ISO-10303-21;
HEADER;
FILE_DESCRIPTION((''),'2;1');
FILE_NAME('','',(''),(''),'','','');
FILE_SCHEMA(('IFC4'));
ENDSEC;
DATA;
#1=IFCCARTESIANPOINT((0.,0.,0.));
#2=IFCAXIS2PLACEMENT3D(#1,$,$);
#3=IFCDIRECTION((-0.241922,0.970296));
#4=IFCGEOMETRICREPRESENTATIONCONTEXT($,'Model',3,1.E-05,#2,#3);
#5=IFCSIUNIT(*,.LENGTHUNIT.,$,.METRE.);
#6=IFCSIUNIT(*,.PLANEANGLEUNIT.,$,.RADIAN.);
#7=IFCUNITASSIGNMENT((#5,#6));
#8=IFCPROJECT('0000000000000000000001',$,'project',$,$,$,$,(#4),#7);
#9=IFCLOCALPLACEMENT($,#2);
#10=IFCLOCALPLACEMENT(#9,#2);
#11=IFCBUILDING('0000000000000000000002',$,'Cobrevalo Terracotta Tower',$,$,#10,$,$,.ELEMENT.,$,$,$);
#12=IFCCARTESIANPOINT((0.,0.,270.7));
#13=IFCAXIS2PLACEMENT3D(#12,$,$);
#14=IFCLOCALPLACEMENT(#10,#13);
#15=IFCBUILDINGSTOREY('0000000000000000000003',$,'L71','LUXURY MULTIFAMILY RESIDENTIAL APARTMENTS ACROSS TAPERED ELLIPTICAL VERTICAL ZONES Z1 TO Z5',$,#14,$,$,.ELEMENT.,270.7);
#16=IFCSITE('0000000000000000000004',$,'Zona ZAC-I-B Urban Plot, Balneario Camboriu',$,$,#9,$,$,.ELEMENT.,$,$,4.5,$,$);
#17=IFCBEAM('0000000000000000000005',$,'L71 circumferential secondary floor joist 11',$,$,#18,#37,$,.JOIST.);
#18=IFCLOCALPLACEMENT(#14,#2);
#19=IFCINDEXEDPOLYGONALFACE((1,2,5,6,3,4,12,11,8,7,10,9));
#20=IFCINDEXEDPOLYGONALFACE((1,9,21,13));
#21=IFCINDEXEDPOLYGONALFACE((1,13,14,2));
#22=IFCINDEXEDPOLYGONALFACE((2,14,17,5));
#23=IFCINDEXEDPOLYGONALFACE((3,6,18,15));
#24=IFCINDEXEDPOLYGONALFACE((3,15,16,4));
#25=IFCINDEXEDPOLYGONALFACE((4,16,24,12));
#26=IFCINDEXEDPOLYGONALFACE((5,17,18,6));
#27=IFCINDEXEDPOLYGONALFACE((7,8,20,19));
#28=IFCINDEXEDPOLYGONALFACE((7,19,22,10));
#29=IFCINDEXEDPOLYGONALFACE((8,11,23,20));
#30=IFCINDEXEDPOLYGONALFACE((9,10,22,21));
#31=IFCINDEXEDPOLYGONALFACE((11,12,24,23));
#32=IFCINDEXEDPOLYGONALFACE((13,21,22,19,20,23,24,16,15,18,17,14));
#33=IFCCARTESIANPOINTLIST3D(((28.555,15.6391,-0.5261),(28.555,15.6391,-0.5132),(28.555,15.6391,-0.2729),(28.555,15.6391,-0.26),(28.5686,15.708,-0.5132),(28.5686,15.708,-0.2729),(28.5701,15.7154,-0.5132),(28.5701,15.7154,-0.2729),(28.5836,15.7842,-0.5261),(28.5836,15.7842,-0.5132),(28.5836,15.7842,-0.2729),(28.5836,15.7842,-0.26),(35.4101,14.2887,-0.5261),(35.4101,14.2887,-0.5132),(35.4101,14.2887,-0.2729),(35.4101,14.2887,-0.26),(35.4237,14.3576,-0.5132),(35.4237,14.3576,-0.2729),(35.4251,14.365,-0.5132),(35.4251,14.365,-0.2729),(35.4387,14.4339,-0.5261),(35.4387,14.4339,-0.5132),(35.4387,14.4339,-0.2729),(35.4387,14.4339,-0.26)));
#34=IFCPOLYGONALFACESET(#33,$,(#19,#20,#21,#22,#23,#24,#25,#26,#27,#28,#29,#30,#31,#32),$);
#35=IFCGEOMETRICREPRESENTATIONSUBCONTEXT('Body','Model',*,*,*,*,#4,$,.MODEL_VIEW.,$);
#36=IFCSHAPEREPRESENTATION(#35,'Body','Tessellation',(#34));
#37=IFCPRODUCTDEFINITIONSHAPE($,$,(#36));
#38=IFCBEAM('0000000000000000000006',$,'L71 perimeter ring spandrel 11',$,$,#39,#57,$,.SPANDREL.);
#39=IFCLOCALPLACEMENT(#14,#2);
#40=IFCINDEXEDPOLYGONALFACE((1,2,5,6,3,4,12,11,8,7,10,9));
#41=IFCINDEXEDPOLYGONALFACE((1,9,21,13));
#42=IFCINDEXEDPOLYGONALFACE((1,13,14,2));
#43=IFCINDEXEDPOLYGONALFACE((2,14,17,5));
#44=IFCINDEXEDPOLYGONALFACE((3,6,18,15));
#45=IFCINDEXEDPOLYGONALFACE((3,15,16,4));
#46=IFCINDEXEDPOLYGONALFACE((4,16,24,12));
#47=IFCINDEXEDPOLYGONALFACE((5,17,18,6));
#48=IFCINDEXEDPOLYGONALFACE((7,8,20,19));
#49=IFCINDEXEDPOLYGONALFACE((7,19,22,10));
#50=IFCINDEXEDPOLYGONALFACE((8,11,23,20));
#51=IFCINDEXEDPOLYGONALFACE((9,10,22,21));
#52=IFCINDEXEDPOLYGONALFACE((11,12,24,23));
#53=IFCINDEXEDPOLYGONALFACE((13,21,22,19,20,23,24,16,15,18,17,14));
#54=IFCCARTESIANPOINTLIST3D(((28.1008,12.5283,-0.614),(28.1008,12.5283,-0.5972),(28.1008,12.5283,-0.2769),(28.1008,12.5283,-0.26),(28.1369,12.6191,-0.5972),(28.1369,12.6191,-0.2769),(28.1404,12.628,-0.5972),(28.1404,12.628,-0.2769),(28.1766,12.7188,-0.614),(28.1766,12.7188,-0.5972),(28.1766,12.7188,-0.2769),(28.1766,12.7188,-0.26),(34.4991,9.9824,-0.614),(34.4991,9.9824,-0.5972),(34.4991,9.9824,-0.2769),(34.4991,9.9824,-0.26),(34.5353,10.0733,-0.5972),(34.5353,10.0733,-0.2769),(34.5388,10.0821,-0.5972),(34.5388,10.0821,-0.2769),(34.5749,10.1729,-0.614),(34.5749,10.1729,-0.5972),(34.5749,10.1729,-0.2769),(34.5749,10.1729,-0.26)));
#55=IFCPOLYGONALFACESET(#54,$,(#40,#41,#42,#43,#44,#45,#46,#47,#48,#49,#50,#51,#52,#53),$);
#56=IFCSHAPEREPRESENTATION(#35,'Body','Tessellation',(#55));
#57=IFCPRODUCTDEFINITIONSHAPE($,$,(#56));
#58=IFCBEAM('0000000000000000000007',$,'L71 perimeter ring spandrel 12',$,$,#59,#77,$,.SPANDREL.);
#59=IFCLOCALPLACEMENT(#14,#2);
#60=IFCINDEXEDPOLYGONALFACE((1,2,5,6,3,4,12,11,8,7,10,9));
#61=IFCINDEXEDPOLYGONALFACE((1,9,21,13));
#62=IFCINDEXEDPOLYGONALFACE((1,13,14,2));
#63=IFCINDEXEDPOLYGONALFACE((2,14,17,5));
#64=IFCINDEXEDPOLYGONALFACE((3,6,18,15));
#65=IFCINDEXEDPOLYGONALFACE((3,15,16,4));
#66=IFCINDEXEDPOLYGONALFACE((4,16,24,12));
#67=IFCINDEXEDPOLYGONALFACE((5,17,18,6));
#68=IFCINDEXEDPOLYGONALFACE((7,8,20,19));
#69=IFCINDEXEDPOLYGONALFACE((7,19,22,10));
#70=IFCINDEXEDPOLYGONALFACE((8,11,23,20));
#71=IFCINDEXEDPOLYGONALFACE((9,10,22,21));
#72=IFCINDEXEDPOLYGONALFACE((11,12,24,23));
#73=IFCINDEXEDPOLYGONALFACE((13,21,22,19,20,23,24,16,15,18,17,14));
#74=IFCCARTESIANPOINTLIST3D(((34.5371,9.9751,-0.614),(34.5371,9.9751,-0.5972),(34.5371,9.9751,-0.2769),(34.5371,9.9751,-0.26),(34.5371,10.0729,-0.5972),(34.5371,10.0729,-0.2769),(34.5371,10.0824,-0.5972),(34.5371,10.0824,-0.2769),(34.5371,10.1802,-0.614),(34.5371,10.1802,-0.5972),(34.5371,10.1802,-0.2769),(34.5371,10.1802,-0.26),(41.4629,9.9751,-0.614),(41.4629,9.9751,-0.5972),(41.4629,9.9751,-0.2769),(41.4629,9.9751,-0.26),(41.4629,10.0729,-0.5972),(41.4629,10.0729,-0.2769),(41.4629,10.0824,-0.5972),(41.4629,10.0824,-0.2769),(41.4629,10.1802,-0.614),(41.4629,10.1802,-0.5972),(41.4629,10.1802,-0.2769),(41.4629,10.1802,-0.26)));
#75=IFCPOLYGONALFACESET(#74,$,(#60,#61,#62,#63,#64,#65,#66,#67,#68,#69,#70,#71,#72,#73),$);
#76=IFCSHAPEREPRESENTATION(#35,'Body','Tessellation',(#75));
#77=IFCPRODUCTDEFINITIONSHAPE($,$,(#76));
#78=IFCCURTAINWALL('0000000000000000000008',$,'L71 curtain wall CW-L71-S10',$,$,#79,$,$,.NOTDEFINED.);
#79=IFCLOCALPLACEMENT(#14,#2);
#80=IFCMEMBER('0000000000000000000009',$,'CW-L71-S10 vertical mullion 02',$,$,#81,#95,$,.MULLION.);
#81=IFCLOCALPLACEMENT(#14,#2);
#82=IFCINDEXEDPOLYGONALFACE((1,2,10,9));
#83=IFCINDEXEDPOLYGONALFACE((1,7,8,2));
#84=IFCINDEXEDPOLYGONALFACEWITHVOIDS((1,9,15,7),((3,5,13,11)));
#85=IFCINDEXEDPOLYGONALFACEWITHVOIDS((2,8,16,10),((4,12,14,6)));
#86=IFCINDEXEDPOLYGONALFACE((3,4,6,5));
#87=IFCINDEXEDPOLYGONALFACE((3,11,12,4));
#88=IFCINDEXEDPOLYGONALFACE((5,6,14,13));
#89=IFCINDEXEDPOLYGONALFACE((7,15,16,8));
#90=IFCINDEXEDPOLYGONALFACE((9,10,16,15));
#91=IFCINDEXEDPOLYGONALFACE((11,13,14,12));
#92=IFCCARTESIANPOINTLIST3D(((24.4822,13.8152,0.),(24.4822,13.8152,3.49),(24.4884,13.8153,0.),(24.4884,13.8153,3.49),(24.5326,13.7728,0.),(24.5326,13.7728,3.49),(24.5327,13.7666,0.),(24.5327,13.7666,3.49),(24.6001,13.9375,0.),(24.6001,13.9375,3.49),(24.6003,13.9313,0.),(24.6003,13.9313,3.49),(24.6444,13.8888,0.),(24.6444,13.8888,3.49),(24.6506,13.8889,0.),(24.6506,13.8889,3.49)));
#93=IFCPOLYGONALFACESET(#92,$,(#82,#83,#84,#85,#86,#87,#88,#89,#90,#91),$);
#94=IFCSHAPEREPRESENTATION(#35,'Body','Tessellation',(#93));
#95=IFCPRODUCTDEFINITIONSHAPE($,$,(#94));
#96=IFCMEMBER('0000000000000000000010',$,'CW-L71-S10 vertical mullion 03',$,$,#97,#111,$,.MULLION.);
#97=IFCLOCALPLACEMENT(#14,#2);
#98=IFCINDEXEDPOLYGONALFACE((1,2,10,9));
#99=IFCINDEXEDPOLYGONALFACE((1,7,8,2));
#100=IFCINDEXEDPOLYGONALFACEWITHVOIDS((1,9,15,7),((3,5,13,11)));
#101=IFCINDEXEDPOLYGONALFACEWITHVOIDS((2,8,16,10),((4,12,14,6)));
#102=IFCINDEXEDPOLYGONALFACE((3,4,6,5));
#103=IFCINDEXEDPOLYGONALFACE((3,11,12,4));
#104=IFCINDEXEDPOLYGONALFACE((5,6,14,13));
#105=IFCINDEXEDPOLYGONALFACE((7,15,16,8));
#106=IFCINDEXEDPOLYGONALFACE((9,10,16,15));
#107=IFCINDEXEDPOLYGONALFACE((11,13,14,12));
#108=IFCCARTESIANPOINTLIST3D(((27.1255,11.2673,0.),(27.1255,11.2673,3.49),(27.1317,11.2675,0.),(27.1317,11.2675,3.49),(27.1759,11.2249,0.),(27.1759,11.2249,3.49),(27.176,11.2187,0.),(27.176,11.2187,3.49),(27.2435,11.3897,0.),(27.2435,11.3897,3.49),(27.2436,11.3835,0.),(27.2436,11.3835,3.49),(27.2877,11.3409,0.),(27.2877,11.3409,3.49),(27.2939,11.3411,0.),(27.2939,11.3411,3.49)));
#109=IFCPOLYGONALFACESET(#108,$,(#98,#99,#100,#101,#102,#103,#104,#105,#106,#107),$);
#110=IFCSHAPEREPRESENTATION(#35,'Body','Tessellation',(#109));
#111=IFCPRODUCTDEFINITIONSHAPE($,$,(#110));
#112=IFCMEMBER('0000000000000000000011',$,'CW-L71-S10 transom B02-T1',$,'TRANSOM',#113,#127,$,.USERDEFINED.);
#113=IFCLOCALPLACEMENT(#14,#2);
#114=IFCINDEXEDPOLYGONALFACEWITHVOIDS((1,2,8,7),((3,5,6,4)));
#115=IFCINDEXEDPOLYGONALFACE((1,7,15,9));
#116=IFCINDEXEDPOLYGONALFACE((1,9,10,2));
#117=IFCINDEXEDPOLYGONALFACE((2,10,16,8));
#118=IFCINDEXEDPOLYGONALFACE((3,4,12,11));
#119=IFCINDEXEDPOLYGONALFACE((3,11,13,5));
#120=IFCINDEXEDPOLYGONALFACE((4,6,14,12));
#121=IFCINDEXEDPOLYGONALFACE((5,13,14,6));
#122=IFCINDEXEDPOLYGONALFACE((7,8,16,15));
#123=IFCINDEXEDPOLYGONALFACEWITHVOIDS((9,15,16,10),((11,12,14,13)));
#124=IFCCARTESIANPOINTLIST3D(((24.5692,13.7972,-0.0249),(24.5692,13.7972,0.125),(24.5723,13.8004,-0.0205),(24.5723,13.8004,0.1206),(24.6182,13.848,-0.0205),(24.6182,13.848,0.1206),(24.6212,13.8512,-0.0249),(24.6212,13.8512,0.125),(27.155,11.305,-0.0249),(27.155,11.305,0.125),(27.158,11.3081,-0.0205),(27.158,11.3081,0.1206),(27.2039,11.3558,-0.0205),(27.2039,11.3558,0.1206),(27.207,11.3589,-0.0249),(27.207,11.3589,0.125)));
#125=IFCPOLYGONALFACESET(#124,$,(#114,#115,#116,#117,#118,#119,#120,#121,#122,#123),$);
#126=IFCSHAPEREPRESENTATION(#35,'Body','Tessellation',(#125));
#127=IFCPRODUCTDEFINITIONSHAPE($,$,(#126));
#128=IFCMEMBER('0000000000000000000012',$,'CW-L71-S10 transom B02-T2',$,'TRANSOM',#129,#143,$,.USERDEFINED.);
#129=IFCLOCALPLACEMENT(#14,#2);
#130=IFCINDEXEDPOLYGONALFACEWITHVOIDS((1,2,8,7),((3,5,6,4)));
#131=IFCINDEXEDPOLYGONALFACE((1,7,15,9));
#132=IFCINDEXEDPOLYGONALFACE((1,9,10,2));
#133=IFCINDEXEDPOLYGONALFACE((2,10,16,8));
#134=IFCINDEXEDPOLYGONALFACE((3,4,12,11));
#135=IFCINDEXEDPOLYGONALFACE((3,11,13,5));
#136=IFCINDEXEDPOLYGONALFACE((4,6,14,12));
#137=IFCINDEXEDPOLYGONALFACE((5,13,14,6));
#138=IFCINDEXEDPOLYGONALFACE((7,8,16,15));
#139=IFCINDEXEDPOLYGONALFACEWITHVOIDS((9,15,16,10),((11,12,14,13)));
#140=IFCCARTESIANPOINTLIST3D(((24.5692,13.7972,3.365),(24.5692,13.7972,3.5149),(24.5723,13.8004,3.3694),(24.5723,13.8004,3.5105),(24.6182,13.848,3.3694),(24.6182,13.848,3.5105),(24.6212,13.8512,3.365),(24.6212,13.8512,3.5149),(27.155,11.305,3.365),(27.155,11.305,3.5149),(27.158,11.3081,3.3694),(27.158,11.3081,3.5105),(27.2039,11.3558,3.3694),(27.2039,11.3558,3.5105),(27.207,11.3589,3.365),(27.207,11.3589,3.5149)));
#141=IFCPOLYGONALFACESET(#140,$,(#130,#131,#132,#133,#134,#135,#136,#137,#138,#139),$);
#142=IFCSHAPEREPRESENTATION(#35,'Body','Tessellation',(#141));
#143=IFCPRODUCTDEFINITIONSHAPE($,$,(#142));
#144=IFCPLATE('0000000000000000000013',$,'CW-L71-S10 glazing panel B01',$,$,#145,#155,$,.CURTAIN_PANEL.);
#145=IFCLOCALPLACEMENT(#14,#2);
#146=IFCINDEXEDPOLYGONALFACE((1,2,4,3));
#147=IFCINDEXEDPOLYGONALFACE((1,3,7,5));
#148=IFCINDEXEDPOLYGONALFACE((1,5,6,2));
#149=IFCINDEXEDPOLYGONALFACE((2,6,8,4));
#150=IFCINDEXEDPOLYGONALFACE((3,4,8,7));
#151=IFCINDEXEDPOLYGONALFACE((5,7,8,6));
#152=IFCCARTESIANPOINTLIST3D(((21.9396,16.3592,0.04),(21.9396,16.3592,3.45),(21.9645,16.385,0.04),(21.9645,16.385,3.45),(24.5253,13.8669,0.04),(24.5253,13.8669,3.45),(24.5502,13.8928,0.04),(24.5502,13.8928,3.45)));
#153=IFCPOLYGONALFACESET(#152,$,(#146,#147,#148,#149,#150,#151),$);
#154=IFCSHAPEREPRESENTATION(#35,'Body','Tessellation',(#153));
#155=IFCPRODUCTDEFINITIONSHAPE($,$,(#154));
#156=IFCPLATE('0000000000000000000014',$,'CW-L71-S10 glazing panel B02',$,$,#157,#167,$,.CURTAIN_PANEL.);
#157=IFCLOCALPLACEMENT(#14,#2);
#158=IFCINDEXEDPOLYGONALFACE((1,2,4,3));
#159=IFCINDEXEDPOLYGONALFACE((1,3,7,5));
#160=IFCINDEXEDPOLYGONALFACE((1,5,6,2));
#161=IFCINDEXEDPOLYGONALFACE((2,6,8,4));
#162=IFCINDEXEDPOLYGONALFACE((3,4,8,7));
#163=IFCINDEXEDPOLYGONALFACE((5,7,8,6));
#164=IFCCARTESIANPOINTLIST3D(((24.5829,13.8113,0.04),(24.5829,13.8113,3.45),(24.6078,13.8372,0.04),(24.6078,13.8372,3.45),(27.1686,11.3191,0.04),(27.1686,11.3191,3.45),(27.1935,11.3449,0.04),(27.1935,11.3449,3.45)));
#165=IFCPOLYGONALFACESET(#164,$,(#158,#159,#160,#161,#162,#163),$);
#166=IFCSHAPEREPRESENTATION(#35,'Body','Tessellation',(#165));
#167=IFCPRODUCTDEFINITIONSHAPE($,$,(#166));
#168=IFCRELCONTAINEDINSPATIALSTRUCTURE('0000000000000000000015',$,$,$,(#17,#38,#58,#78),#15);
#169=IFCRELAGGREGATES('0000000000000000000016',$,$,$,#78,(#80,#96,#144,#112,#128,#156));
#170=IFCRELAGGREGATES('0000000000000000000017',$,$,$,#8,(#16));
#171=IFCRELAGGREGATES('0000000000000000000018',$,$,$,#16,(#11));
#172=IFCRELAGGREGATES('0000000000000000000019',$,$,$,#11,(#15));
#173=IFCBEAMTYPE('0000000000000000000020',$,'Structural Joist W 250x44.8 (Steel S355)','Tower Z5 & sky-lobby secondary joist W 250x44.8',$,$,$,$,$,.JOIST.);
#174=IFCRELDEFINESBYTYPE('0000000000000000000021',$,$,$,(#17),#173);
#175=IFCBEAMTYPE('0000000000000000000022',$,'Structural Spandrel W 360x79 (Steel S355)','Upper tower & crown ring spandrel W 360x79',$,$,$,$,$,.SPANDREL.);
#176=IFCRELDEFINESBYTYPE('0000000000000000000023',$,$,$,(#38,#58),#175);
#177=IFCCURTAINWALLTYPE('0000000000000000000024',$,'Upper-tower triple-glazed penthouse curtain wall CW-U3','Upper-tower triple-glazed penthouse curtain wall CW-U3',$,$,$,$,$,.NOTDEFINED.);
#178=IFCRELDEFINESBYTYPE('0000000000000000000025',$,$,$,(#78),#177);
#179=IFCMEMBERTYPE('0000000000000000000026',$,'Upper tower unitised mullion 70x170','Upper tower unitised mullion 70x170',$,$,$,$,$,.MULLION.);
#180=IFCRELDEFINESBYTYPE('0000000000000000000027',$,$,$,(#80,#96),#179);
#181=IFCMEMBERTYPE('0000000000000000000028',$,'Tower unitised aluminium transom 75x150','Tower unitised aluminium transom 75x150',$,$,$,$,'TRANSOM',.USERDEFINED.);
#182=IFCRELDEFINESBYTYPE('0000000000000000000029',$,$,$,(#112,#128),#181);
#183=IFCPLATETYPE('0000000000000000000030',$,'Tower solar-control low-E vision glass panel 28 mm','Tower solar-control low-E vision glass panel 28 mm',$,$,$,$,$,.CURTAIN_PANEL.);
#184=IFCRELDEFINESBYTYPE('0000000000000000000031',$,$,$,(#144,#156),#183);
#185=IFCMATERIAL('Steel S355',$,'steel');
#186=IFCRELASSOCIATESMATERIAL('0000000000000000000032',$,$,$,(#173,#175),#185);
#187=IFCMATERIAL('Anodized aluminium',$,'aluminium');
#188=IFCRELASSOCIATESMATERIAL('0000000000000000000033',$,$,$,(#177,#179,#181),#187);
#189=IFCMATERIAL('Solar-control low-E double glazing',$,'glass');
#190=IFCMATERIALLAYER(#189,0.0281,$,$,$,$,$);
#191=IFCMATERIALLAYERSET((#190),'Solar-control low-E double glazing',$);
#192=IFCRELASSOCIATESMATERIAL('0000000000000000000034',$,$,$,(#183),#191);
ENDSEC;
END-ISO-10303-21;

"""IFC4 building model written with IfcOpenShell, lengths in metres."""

from ifc_helpers import new_model, si_unit, direction, frame, origin, origin_2d, place, context, subcontext, project, spatial, rectangle, hollow_rectangle, i_section, extrude, source, transform, mapped, material, layer, layer_set, material_profile, profile_set, type_object, element, aggregate, save


model = new_model("IFC4")

# Units and contexts
model_context = context("Model", 3, precision=1e-05, world=origin(), true_north=direction((-0.241922, 0.970296)))
body_context = subcontext(model_context, "Body", "Model", "MODEL_VIEW")
ifc_project = project(units=[si_unit("LENGTHUNIT", "METRE"), si_unit("PLANEANGLEUNIT", "RADIAN")], contexts=[model_context])

# Site, building, storey
site_placement = place(None, origin())
site = spatial("IfcSite", under=ifc_project, at=site_placement, Name="Zona ZAC-I-B Urban Plot, Balneario Camboriu", CompositionType="ELEMENT", RefElevation=4.5)
building_placement = place(site_placement, origin())
building = spatial("IfcBuilding", under=site, at=building_placement, Name="Cobrevalo Terracotta Tower", CompositionType="ELEMENT")
storey_placement = place(building_placement, frame((0.0, 0.0, 270.7)))
storey = spatial("IfcBuildingStorey", under=building, at=storey_placement, Name="L71", Description="LUXURY MULTIFAMILY RESIDENTIAL APARTMENTS ACROSS TAPERED ELLIPTICAL VERTICAL ZONES Z1 TO Z5", CompositionType="ELEMENT", Elevation=270.7)

# Shared definitions
ifc_material_1 = material(Name="Steel S355", Category="steel")

# Beams
ifc_material_profile_1 = material_profile(ifc_material_1, i_section(OverallWidth=0.1479, OverallDepth=0.2661, WebThickness=0.0076, FlangeThickness=0.0129, at=origin_2d()), Name="W 250x44.8")
ifc_profile_set_1 = profile_set([ifc_material_profile_1], Name="Steel S355")
beam_type_1 = type_object("IfcBeamType", Name="Structural Joist W 250x44.8 (Steel S355)", Description="Tower Z5 & sky-lobby secondary joist W 250x44.8", PredefinedType="JOIST", material=ifc_profile_set_1)
beam_1_placement = place(storey_placement, frame((28.5693, 15.7117, -0.3931), z_axis=(0.981145, -0.193273, 0.0), x_axis=(0.193273, 0.981145, 0.0)))
element("IfcBeam", 1, at=beam_1_placement, inside=storey, type_object=beam_type_1, Name="L71 circumferential secondary floor joist 11", PredefinedType="JOIST", context=body_context, shape_type="SweptSolid", body=[
    extrude(i_section(OverallWidth=0.1479, OverallDepth=0.2661, WebThickness=0.0076, FlangeThickness=0.0129, at=origin_2d()), origin(), (0.0, 0.0, 1.0), 6.9868),
])
ifc_material_profile_2 = material_profile(ifc_material_1, i_section(OverallWidth=0.2051, OverallDepth=0.354, WebThickness=0.0095, FlangeThickness=0.0168, at=origin_2d()), Name="W 360x79")
ifc_profile_set_2 = profile_set([ifc_material_profile_2], Name="Steel S355")
beam_type_2 = type_object("IfcBeamType", Name="Structural Spandrel W 360x79 (Steel S355)", Description="Upper tower & crown ring spandrel W 360x79", PredefinedType="SPANDREL", material=ifc_profile_set_2)
beam_2_placement = place(storey_placement, frame((28.1387, 12.6235, -0.437), z_axis=(0.92915, -0.369703, 0.0), x_axis=(0.369703, 0.92915, 0.0)))
element("IfcBeam", 2, at=beam_2_placement, inside=storey, type_object=beam_type_2, Name="L71 perimeter ring spandrel 11", PredefinedType="SPANDREL", context=body_context, shape_type="SweptSolid", body=[
    extrude(i_section(OverallWidth=0.2051, OverallDepth=0.354, WebThickness=0.0095, FlangeThickness=0.0168, at=origin_2d()), origin(), (0.0, 0.0, 1.0), 6.8862),
])
beam_3_placement = place(storey_placement, frame((34.5371, 10.0776, -0.437), z_axis=(1.0, 0.0, 0.0), x_axis=(0.0, 1.0, 0.0)))
element("IfcBeam", 3, at=beam_3_placement, inside=storey, type_object=beam_type_2, Name="L71 perimeter ring spandrel 12", PredefinedType="SPANDREL", context=body_context, shape_type="SweptSolid", body=[
    extrude(i_section(OverallWidth=0.2051, OverallDepth=0.354, WebThickness=0.0095, FlangeThickness=0.0168, at=origin_2d()), origin(), (0.0, 0.0, 1.0), 6.9258),
])

# Curtain wall, members, plates
ifc_material_2 = material(Name="Anodized aluminium", Category="aluminium")
curtain_wall_type = type_object("IfcCurtainWallType", Name="Upper-tower triple-glazed penthouse curtain wall CW-U3", Description="Upper-tower triple-glazed penthouse curtain wall CW-U3", PredefinedType="NOTDEFINED", material=ifc_material_2)
curtain_wall_placement = place(storey_placement, origin())
curtain_wall = element("IfcCurtainWall", 4, at=curtain_wall_placement, inside=storey, type_object=curtain_wall_type, Name="L71 curtain wall CW-L71-S10", PredefinedType="NOTDEFINED")
ifc_material_profile_3 = material_profile(ifc_material_2, hollow_rectangle(XDim=0.0701, YDim=0.1699, WallThickness=0.0044, at=origin_2d()), Name="CWM 70x170")
ifc_profile_set_3 = profile_set([ifc_material_profile_3], Name="Anodized aluminium")
member_type_1 = type_object("IfcMemberType", Name="Upper tower unitised mullion 70x170", Description="Upper tower unitised mullion 70x170", PredefinedType="MULLION", material=ifc_profile_set_3)
shared_shape_1 = source(origin(), body_context, "Body", "SweptSolid", [
    extrude(hollow_rectangle(XDim=0.0701, YDim=0.1699, WallThickness=0.0044, at=origin_2d()), origin(), (0.0, 0.0, 1.0), 3.49),
])
member_1_placement = place(storey_placement, frame((24.5664, 13.8521, 0.0), z_axis=(0.0, 0.0, 1.0), x_axis=(0.719994, -0.69398, 0.0)))
member_1 = element("IfcMember", 5, at=member_1_placement, type_object=member_type_1, Name="CW-L71-S10 vertical mullion 02", PredefinedType="MULLION", context=body_context, shape_type="MappedRepresentation", body=[
    mapped(shared_shape_1, transform((0.0, 0.0, 0.0), scale=1.0)),
])
member_2_placement = place(storey_placement, frame((27.2097, 11.3042, 0.0), z_axis=(0.0, 0.0, 1.0), x_axis=(0.719994, -0.69398, 0.0)))
member_2 = element("IfcMember", 6, at=member_2_placement, type_object=member_type_1, Name="CW-L71-S10 vertical mullion 03", PredefinedType="MULLION", context=body_context, shape_type="MappedRepresentation", body=[
    mapped(shared_shape_1, transform((0.0, 0.0, 0.0), scale=1.0)),
])
ifc_material_profile_4 = material_profile(ifc_material_2, hollow_rectangle(XDim=0.075, YDim=0.1499, WallThickness=0.0044, at=origin_2d()), Name="CWT 75x150")
ifc_profile_set_4 = profile_set([ifc_material_profile_4], Name="Anodized aluminium")
member_type_2 = type_object("IfcMemberType", Name="Tower unitised aluminium transom 75x150", Description="Tower unitised aluminium transom 75x150", ElementType="TRANSOM", PredefinedType="USERDEFINED", material=ifc_profile_set_4)
shared_shape_2 = source(origin(), body_context, "Body", "SweptSolid", [
    extrude(hollow_rectangle(XDim=0.075, YDim=0.1499, WallThickness=0.0044, at=origin_2d()), origin(), (0.0, 0.0, 1.0), 3.5913),
])
member_3_placement = place(storey_placement, frame((24.5952, 13.8242, 0.05), z_axis=(0.720006, -0.693968, 0.0), x_axis=(0.693968, 0.720006, 0.0)))
member_3 = element("IfcMember", 7, at=member_3_placement, type_object=member_type_2, Name="CW-L71-S10 transom B02-T1", ObjectType="TRANSOM", PredefinedType="USERDEFINED", context=body_context, shape_type="MappedRepresentation", body=[
    mapped(shared_shape_2, transform((0.0, 0.0, 0.0), scale=1.0)),
])
member_4_placement = place(storey_placement, frame((24.5952, 13.8242, 3.4399), z_axis=(0.720006, -0.693968, 0.0), x_axis=(0.693968, 0.720006, 0.0)))
member_4 = element("IfcMember", 8, at=member_4_placement, type_object=member_type_2, Name="CW-L71-S10 transom B02-T2", ObjectType="TRANSOM", PredefinedType="USERDEFINED", context=body_context, shape_type="MappedRepresentation", body=[
    mapped(shared_shape_2, transform((0.0, 0.0, 0.0), scale=1.0)),
])
ifc_material_3 = material(Name="Solar-control low-E double glazing", Category="glass")
ifc_layer_1 = layer(ifc_material_3, 0.0281)
ifc_layer_set_1 = layer_set([ifc_layer_1], Name="Solar-control low-E double glazing")
plate_type = type_object("IfcPlateType", Name="Tower solar-control low-E vision glass panel 28 mm", Description="Tower solar-control low-E vision glass panel 28 mm", PredefinedType="CURTAIN_PANEL", material=ifc_layer_set_1)
shared_shape_3 = source(origin(), body_context, "Body", "SweptSolid", [
    extrude(rectangle(XDim=3.5913, YDim=0.0359, at=origin_2d()), origin(), (0.0, 0.0, 1.0), 3.4099),
])
plate_1_placement = place(storey_placement, frame((23.2449, 15.126, 0.04), z_axis=(0.0, 0.0, 1.0), x_axis=(0.719997, -0.693978, 0.0)))
plate_1 = element("IfcPlate", 9, at=plate_1_placement, type_object=plate_type, Name="CW-L71-S10 glazing panel B01", PredefinedType="CURTAIN_PANEL", context=body_context, shape_type="MappedRepresentation", body=[
    mapped(shared_shape_3, transform((0.0, 0.0, 0.0), scale=1.0)),
])
plate_2_placement = place(storey_placement, frame((25.8882, 12.5781, 0.04), z_axis=(0.0, 0.0, 1.0), x_axis=(0.719997, -0.693978, 0.0)))
plate_2 = element("IfcPlate", 10, at=plate_2_placement, type_object=plate_type, Name="CW-L71-S10 glazing panel B02", PredefinedType="CURTAIN_PANEL", context=body_context, shape_type="MappedRepresentation", body=[
    mapped(shared_shape_3, transform((0.0, 0.0, 0.0), scale=1.0)),
])
aggregate(curtain_wall, [member_1, member_2, plate_1, member_3, member_4, plate_2])

save(model, "model.ifc")
